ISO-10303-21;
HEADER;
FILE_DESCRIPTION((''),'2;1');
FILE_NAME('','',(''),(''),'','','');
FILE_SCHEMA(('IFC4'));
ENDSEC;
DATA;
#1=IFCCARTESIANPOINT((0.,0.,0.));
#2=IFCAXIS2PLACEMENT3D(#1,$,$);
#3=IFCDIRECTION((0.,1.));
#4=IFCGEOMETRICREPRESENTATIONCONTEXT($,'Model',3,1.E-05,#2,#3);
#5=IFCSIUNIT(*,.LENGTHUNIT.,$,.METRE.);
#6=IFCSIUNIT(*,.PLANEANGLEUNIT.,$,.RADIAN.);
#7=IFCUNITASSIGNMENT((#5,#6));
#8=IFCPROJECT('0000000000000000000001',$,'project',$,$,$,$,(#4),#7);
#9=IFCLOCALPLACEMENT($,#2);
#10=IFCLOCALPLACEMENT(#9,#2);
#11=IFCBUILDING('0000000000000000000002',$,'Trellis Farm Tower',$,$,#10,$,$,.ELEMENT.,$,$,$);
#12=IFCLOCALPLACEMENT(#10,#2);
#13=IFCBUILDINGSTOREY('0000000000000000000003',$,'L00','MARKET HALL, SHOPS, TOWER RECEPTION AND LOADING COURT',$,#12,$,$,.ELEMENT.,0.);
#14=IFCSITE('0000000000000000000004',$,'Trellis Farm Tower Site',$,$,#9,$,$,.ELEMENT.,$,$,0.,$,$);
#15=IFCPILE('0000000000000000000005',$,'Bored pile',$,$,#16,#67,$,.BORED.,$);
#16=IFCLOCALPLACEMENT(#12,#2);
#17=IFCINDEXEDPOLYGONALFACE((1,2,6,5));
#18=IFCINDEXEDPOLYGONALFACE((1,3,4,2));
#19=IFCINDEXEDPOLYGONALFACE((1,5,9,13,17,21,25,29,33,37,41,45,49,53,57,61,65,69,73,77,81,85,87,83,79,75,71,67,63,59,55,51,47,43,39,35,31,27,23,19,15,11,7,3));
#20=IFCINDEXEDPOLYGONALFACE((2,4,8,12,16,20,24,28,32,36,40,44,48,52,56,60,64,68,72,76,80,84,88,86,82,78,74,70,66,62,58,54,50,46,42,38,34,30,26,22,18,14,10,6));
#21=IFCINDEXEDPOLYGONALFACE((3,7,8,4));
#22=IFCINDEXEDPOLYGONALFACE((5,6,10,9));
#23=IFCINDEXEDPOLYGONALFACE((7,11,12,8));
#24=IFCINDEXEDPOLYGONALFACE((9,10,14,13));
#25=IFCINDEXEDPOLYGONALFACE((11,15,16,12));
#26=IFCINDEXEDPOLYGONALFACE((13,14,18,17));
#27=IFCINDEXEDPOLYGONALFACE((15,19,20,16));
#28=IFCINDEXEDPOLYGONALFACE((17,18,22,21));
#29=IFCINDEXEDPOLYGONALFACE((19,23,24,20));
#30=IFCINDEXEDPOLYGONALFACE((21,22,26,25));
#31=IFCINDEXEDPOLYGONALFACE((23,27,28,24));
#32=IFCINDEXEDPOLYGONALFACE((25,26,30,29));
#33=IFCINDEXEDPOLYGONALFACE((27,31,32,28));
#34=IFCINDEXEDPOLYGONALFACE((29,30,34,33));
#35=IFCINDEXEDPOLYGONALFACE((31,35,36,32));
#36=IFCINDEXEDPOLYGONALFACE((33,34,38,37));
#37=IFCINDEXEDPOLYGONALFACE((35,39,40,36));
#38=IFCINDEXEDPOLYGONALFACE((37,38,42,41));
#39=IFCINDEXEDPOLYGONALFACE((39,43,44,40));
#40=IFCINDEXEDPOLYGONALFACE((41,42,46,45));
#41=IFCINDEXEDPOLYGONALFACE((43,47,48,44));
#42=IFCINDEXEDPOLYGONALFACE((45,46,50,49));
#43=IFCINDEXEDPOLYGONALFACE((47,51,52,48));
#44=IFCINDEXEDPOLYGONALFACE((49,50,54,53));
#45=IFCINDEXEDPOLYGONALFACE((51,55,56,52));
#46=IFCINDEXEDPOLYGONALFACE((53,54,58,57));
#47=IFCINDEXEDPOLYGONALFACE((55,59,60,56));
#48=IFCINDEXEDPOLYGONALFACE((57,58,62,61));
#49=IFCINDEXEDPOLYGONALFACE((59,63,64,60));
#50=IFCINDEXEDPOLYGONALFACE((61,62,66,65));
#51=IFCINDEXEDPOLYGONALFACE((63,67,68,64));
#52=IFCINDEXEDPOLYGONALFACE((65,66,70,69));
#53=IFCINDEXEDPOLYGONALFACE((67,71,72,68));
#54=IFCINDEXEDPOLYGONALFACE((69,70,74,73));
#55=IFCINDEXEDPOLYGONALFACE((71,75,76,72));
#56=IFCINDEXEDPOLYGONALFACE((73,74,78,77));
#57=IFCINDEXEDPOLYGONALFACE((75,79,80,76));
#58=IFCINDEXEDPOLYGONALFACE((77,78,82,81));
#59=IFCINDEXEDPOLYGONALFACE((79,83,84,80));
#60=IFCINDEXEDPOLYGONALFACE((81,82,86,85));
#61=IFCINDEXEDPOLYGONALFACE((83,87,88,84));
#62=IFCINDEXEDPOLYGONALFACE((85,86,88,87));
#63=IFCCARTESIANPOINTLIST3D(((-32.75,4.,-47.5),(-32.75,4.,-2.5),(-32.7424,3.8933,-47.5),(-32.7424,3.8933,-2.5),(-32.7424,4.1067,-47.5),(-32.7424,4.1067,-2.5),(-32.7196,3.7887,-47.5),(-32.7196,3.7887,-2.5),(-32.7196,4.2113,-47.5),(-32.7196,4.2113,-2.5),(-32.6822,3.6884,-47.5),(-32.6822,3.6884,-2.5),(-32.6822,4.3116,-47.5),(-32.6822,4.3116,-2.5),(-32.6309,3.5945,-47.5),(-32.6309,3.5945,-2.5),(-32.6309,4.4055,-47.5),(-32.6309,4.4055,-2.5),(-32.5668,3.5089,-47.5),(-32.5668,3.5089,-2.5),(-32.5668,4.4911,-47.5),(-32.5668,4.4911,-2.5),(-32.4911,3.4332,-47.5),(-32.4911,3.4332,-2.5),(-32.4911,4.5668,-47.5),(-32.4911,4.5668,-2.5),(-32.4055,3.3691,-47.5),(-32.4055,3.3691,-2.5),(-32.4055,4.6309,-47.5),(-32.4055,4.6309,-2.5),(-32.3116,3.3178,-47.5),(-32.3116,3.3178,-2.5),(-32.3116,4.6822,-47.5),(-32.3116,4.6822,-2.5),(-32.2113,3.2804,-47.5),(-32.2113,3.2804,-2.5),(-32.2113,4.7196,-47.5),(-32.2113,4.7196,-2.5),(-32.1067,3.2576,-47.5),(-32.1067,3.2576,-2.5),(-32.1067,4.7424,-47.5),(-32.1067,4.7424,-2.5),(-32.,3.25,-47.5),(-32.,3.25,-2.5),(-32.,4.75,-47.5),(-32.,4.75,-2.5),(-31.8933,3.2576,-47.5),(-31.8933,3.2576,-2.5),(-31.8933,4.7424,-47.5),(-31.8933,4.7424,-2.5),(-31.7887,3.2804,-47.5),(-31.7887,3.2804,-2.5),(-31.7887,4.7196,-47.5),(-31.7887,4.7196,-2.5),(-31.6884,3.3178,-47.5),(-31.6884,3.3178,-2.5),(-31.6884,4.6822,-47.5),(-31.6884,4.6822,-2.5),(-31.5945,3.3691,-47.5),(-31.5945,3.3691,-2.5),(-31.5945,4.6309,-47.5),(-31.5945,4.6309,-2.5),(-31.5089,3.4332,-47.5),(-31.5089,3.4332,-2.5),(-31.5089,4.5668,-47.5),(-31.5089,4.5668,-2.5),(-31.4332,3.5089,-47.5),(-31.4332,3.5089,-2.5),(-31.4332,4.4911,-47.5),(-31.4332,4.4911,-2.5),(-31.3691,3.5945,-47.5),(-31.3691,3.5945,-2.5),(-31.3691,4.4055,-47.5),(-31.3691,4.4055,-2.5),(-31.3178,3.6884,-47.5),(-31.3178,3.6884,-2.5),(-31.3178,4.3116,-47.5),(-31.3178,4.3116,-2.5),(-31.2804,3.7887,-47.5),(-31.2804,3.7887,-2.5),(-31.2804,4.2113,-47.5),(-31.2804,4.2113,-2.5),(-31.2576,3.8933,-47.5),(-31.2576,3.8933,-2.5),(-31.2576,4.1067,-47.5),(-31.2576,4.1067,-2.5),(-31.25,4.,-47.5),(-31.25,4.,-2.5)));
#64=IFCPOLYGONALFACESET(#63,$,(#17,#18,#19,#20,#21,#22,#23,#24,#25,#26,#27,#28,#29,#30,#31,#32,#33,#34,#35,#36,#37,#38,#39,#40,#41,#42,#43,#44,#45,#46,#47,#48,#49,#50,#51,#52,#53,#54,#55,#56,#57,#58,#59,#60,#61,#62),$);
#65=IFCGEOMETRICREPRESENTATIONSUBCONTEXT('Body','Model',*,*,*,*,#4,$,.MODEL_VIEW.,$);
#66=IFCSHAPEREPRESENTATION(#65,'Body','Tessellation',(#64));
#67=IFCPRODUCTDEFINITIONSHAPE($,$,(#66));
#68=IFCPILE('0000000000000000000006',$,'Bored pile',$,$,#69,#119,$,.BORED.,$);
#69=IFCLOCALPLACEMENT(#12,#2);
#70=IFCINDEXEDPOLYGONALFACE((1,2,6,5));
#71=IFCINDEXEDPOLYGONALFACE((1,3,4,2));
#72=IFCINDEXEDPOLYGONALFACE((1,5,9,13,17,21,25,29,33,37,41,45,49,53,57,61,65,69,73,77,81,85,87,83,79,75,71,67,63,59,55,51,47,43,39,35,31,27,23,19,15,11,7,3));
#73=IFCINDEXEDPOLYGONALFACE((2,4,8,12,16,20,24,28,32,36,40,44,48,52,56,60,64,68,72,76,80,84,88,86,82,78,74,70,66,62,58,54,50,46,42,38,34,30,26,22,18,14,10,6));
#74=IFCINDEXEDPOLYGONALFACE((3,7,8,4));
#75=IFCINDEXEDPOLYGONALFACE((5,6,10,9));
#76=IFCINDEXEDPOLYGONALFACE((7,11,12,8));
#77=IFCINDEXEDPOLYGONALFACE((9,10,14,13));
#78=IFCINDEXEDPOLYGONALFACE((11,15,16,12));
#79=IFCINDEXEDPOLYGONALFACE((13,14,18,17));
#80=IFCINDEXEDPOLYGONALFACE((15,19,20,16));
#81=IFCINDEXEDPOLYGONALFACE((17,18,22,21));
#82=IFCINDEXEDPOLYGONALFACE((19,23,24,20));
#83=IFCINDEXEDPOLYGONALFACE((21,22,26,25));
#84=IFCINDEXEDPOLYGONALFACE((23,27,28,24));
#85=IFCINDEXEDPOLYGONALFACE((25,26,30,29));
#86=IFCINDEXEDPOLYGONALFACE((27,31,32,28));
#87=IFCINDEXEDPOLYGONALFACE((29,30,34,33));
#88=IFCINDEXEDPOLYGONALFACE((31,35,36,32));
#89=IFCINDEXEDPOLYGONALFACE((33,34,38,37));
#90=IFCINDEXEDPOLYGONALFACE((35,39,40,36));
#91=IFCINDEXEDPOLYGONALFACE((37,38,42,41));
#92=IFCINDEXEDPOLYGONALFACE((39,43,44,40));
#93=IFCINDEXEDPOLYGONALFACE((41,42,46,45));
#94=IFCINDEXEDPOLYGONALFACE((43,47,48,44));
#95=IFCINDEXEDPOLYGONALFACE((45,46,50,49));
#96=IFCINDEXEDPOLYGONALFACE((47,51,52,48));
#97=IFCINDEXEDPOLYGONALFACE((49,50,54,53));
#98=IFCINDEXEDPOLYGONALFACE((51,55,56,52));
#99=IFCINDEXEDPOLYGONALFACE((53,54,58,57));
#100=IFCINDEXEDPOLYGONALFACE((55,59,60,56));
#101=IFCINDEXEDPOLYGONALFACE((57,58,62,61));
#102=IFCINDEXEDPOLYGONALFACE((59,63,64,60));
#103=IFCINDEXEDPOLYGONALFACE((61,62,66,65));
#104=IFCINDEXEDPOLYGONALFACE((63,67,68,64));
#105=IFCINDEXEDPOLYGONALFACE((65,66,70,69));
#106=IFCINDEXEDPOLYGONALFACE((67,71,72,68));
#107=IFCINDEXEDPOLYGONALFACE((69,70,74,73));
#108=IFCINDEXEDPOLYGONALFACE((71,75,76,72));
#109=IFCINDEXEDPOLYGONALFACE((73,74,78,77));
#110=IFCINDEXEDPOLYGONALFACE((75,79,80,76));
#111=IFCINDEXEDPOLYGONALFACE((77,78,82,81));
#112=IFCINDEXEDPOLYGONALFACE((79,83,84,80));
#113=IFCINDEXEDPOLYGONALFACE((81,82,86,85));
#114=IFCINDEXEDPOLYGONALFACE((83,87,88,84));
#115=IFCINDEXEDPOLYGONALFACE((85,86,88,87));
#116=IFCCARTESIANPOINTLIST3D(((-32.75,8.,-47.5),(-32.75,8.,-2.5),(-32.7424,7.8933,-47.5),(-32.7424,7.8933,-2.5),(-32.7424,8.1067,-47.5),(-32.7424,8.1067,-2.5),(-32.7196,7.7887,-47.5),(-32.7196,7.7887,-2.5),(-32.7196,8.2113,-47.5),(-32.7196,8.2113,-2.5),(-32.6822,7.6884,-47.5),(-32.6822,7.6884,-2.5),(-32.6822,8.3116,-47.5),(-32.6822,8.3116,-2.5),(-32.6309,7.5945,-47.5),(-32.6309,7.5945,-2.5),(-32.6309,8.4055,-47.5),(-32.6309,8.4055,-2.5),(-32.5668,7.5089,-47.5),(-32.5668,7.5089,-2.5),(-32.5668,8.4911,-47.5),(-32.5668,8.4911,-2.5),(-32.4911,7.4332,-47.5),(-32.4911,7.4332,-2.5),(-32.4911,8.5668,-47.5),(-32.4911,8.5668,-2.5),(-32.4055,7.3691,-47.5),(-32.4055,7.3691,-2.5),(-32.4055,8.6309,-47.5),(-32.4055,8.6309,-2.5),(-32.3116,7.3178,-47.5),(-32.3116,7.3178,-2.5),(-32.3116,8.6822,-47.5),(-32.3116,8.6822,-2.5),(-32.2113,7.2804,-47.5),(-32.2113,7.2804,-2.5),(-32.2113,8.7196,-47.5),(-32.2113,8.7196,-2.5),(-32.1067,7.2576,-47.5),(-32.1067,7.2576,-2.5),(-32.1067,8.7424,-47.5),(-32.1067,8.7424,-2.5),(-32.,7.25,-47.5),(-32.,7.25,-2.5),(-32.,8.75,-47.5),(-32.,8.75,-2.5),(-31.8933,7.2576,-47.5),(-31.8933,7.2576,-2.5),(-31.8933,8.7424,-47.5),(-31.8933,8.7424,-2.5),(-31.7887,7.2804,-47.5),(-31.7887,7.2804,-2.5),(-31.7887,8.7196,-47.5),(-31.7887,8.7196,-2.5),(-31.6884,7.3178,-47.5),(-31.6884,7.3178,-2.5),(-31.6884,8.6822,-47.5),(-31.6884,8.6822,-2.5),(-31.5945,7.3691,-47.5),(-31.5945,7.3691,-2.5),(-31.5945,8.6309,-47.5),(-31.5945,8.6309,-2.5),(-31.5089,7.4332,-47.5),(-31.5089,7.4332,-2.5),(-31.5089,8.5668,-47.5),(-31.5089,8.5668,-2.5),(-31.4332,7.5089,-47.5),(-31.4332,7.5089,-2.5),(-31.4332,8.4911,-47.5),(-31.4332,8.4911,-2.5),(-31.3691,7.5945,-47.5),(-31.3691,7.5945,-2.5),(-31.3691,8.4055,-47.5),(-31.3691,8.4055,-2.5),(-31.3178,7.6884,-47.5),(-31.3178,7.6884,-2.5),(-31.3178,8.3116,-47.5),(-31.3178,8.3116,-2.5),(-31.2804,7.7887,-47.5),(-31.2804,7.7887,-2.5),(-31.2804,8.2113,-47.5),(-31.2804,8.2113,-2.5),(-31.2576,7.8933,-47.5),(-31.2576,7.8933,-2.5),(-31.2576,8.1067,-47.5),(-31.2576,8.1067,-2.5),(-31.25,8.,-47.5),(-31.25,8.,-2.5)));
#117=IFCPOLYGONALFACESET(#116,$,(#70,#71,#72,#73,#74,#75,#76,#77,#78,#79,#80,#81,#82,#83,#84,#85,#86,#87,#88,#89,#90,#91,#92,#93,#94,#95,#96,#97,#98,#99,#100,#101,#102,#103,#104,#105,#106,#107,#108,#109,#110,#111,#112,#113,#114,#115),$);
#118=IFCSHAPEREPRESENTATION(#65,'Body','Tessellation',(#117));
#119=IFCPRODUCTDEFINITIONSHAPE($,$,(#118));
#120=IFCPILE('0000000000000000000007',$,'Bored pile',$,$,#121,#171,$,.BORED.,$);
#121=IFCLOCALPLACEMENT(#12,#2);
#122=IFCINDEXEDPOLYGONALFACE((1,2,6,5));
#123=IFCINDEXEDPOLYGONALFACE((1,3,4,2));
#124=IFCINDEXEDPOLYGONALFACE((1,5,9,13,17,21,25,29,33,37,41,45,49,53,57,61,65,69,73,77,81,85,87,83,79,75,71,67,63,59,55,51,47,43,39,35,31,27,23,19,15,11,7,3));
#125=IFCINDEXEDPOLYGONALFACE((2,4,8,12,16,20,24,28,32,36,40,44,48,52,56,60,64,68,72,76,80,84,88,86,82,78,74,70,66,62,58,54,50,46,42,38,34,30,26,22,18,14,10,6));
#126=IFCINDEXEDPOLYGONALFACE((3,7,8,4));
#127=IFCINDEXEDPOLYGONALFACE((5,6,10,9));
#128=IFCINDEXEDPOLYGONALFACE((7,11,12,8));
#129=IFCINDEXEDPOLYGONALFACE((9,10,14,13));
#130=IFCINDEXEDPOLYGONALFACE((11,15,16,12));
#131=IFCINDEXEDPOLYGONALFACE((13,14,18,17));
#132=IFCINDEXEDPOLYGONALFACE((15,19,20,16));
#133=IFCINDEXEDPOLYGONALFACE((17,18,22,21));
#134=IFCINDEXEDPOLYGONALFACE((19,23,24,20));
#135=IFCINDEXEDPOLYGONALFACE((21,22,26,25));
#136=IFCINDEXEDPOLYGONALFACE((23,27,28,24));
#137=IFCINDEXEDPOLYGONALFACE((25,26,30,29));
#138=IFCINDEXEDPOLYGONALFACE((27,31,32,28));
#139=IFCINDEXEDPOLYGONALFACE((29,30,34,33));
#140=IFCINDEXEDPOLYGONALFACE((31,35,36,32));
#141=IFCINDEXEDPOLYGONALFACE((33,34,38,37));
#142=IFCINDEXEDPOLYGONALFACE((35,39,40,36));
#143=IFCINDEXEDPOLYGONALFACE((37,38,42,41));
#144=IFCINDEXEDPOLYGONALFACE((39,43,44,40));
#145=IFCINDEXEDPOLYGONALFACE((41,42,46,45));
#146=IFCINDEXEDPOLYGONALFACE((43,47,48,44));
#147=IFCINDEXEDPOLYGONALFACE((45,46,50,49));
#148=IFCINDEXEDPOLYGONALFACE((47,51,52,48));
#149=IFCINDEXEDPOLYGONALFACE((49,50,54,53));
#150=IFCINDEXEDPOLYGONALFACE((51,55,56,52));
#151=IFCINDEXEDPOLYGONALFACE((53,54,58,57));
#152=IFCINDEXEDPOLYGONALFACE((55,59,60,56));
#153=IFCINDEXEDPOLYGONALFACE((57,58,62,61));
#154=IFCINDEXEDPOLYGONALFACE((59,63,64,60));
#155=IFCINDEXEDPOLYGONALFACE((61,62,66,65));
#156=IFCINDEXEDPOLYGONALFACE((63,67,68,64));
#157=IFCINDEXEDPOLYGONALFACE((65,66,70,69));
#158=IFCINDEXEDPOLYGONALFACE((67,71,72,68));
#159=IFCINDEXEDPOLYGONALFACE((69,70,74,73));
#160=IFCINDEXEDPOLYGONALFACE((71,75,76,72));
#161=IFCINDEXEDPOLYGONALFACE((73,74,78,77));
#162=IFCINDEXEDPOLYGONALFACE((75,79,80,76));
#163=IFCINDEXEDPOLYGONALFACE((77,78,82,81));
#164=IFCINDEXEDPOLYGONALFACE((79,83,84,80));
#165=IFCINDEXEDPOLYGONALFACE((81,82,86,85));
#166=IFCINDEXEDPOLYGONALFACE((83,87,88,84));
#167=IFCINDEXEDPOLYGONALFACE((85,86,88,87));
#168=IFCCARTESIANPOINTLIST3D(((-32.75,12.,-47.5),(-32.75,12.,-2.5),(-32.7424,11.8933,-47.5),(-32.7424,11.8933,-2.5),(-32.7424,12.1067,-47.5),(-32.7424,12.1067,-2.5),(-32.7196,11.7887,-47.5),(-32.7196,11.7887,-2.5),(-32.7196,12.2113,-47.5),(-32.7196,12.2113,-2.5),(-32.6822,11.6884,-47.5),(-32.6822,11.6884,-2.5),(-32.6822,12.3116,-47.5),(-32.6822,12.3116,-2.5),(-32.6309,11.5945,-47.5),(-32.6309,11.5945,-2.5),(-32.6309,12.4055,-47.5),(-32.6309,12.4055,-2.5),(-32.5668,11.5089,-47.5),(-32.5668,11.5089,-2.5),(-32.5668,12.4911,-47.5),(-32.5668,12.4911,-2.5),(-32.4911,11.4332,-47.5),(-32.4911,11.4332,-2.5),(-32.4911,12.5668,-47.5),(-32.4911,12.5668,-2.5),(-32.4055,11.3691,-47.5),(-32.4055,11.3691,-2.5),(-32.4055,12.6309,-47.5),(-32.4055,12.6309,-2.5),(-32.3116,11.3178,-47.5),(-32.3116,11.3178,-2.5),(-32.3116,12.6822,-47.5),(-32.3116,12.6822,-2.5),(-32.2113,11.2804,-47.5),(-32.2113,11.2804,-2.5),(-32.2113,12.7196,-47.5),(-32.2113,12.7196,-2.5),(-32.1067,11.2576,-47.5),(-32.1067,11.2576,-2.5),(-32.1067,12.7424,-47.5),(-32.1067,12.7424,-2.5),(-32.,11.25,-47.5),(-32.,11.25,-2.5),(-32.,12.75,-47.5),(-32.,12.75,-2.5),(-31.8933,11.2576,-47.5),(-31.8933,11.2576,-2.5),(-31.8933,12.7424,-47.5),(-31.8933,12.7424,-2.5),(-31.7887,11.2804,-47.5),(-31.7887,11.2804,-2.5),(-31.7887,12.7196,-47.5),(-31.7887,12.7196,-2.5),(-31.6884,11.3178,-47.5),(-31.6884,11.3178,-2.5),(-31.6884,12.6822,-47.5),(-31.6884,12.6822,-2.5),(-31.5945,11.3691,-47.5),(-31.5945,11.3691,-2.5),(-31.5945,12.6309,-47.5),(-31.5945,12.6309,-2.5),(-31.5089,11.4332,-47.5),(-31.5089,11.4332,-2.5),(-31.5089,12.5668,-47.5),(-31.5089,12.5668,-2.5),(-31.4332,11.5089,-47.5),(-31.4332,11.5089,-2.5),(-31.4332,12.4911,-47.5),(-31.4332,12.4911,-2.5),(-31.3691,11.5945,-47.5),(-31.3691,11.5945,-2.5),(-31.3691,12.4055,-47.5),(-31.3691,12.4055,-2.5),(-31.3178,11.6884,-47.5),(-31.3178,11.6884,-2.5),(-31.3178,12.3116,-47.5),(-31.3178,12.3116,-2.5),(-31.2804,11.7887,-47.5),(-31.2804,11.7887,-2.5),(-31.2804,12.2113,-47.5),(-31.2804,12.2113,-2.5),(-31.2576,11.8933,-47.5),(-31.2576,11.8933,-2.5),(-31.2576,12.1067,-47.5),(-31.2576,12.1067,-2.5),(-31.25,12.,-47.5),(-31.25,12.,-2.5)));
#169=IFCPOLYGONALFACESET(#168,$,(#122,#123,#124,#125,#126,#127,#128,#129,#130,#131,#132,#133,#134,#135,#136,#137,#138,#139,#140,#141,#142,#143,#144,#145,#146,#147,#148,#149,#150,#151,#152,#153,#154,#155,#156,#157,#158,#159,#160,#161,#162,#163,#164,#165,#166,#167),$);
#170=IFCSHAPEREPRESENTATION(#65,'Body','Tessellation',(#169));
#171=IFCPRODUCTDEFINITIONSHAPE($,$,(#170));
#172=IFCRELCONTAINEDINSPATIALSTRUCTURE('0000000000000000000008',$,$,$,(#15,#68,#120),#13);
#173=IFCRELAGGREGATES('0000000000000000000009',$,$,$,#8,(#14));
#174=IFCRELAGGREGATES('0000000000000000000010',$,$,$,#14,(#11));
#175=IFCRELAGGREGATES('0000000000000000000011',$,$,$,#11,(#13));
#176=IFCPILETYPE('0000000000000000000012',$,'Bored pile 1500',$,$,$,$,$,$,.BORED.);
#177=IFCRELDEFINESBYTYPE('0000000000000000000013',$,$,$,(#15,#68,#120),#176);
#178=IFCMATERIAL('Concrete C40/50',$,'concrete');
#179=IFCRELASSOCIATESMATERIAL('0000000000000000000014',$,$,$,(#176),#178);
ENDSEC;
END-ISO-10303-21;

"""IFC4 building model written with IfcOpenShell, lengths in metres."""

from ifc_helpers import new_model, si_unit, direction, frame, origin, origin_2d, place, context, subcontext, project, spatial, circle, extrude, source, transform, mapped, material, material_profile, profile_set, type_object, element, save


model = new_model("IFC4")

# Units and contexts
model_context = context("Model", 3, precision=1e-05, world=origin(), true_north=direction((0.0, 1.0)))
body_context = subcontext(model_context, "Body", "Model", "MODEL_VIEW")
ifc_project = project(units=[si_unit("LENGTHUNIT", "METRE"), si_unit("PLANEANGLEUNIT", "RADIAN")], contexts=[model_context])

# Site, building, storey
site_placement = place(None, origin())
site = spatial("IfcSite", under=ifc_project, at=site_placement, Name="Trellis Farm Tower Site", CompositionType="ELEMENT", RefElevation=0.0)
building_placement = place(site_placement, origin())
building = spatial("IfcBuilding", under=site, at=building_placement, Name="Trellis Farm Tower", CompositionType="ELEMENT")
storey_placement = place(building_placement, origin())
storey = spatial("IfcBuildingStorey", under=building, at=storey_placement, Name="L00", Description="MARKET HALL, SHOPS, TOWER RECEPTION AND LOADING COURT", CompositionType="ELEMENT", Elevation=0.0)

# Piles
ifc_material_1 = material(Name="Concrete C40/50", Category="concrete")
ifc_material_profile_1 = material_profile(ifc_material_1, circle(Radius=0.75, at=origin_2d()), Name="Bored pile 1500")
ifc_profile_set_1 = profile_set([ifc_material_profile_1], Name="Concrete C40/50")
pile_type = type_object("IfcPileType", Name="Bored pile 1500", PredefinedType="BORED", material=ifc_profile_set_1)
shared_shape_1 = source(origin(), body_context, "Body", "SweptSolid", [
    extrude(circle(Radius=0.75, at=origin_2d()), origin(), (0.0, 0.0, 1.0), 45.0),
])
for number, where, z_axis, x_axis, name in (
    (1, (-32.0, 4.0, -2.5), (0.0, 0.0, -1.0), (1.0, 0.0, 0.0), "Bored pile"),
    (2, (-32.0, 8.0, -2.5), (0.0, 0.0, -1.0), (1.0, 0.0, 0.0), "Bored pile"),
    (3, (-32.0, 12.0, -2.5), (0.0, 0.0, -1.0), (1.0, 0.0, 0.0), "Bored pile"),
):
    element("IfcPile", number, at=place(storey_placement, frame(where, z_axis=z_axis, x_axis=x_axis)), inside=storey, type_object=pile_type, Name=name, PredefinedType="BORED", context=body_context, shape_type="MappedRepresentation", body=[
        mapped(shared_shape_1, transform((0.0, 0.0, 0.0))),
    ])

save(model, "model.ifc")
